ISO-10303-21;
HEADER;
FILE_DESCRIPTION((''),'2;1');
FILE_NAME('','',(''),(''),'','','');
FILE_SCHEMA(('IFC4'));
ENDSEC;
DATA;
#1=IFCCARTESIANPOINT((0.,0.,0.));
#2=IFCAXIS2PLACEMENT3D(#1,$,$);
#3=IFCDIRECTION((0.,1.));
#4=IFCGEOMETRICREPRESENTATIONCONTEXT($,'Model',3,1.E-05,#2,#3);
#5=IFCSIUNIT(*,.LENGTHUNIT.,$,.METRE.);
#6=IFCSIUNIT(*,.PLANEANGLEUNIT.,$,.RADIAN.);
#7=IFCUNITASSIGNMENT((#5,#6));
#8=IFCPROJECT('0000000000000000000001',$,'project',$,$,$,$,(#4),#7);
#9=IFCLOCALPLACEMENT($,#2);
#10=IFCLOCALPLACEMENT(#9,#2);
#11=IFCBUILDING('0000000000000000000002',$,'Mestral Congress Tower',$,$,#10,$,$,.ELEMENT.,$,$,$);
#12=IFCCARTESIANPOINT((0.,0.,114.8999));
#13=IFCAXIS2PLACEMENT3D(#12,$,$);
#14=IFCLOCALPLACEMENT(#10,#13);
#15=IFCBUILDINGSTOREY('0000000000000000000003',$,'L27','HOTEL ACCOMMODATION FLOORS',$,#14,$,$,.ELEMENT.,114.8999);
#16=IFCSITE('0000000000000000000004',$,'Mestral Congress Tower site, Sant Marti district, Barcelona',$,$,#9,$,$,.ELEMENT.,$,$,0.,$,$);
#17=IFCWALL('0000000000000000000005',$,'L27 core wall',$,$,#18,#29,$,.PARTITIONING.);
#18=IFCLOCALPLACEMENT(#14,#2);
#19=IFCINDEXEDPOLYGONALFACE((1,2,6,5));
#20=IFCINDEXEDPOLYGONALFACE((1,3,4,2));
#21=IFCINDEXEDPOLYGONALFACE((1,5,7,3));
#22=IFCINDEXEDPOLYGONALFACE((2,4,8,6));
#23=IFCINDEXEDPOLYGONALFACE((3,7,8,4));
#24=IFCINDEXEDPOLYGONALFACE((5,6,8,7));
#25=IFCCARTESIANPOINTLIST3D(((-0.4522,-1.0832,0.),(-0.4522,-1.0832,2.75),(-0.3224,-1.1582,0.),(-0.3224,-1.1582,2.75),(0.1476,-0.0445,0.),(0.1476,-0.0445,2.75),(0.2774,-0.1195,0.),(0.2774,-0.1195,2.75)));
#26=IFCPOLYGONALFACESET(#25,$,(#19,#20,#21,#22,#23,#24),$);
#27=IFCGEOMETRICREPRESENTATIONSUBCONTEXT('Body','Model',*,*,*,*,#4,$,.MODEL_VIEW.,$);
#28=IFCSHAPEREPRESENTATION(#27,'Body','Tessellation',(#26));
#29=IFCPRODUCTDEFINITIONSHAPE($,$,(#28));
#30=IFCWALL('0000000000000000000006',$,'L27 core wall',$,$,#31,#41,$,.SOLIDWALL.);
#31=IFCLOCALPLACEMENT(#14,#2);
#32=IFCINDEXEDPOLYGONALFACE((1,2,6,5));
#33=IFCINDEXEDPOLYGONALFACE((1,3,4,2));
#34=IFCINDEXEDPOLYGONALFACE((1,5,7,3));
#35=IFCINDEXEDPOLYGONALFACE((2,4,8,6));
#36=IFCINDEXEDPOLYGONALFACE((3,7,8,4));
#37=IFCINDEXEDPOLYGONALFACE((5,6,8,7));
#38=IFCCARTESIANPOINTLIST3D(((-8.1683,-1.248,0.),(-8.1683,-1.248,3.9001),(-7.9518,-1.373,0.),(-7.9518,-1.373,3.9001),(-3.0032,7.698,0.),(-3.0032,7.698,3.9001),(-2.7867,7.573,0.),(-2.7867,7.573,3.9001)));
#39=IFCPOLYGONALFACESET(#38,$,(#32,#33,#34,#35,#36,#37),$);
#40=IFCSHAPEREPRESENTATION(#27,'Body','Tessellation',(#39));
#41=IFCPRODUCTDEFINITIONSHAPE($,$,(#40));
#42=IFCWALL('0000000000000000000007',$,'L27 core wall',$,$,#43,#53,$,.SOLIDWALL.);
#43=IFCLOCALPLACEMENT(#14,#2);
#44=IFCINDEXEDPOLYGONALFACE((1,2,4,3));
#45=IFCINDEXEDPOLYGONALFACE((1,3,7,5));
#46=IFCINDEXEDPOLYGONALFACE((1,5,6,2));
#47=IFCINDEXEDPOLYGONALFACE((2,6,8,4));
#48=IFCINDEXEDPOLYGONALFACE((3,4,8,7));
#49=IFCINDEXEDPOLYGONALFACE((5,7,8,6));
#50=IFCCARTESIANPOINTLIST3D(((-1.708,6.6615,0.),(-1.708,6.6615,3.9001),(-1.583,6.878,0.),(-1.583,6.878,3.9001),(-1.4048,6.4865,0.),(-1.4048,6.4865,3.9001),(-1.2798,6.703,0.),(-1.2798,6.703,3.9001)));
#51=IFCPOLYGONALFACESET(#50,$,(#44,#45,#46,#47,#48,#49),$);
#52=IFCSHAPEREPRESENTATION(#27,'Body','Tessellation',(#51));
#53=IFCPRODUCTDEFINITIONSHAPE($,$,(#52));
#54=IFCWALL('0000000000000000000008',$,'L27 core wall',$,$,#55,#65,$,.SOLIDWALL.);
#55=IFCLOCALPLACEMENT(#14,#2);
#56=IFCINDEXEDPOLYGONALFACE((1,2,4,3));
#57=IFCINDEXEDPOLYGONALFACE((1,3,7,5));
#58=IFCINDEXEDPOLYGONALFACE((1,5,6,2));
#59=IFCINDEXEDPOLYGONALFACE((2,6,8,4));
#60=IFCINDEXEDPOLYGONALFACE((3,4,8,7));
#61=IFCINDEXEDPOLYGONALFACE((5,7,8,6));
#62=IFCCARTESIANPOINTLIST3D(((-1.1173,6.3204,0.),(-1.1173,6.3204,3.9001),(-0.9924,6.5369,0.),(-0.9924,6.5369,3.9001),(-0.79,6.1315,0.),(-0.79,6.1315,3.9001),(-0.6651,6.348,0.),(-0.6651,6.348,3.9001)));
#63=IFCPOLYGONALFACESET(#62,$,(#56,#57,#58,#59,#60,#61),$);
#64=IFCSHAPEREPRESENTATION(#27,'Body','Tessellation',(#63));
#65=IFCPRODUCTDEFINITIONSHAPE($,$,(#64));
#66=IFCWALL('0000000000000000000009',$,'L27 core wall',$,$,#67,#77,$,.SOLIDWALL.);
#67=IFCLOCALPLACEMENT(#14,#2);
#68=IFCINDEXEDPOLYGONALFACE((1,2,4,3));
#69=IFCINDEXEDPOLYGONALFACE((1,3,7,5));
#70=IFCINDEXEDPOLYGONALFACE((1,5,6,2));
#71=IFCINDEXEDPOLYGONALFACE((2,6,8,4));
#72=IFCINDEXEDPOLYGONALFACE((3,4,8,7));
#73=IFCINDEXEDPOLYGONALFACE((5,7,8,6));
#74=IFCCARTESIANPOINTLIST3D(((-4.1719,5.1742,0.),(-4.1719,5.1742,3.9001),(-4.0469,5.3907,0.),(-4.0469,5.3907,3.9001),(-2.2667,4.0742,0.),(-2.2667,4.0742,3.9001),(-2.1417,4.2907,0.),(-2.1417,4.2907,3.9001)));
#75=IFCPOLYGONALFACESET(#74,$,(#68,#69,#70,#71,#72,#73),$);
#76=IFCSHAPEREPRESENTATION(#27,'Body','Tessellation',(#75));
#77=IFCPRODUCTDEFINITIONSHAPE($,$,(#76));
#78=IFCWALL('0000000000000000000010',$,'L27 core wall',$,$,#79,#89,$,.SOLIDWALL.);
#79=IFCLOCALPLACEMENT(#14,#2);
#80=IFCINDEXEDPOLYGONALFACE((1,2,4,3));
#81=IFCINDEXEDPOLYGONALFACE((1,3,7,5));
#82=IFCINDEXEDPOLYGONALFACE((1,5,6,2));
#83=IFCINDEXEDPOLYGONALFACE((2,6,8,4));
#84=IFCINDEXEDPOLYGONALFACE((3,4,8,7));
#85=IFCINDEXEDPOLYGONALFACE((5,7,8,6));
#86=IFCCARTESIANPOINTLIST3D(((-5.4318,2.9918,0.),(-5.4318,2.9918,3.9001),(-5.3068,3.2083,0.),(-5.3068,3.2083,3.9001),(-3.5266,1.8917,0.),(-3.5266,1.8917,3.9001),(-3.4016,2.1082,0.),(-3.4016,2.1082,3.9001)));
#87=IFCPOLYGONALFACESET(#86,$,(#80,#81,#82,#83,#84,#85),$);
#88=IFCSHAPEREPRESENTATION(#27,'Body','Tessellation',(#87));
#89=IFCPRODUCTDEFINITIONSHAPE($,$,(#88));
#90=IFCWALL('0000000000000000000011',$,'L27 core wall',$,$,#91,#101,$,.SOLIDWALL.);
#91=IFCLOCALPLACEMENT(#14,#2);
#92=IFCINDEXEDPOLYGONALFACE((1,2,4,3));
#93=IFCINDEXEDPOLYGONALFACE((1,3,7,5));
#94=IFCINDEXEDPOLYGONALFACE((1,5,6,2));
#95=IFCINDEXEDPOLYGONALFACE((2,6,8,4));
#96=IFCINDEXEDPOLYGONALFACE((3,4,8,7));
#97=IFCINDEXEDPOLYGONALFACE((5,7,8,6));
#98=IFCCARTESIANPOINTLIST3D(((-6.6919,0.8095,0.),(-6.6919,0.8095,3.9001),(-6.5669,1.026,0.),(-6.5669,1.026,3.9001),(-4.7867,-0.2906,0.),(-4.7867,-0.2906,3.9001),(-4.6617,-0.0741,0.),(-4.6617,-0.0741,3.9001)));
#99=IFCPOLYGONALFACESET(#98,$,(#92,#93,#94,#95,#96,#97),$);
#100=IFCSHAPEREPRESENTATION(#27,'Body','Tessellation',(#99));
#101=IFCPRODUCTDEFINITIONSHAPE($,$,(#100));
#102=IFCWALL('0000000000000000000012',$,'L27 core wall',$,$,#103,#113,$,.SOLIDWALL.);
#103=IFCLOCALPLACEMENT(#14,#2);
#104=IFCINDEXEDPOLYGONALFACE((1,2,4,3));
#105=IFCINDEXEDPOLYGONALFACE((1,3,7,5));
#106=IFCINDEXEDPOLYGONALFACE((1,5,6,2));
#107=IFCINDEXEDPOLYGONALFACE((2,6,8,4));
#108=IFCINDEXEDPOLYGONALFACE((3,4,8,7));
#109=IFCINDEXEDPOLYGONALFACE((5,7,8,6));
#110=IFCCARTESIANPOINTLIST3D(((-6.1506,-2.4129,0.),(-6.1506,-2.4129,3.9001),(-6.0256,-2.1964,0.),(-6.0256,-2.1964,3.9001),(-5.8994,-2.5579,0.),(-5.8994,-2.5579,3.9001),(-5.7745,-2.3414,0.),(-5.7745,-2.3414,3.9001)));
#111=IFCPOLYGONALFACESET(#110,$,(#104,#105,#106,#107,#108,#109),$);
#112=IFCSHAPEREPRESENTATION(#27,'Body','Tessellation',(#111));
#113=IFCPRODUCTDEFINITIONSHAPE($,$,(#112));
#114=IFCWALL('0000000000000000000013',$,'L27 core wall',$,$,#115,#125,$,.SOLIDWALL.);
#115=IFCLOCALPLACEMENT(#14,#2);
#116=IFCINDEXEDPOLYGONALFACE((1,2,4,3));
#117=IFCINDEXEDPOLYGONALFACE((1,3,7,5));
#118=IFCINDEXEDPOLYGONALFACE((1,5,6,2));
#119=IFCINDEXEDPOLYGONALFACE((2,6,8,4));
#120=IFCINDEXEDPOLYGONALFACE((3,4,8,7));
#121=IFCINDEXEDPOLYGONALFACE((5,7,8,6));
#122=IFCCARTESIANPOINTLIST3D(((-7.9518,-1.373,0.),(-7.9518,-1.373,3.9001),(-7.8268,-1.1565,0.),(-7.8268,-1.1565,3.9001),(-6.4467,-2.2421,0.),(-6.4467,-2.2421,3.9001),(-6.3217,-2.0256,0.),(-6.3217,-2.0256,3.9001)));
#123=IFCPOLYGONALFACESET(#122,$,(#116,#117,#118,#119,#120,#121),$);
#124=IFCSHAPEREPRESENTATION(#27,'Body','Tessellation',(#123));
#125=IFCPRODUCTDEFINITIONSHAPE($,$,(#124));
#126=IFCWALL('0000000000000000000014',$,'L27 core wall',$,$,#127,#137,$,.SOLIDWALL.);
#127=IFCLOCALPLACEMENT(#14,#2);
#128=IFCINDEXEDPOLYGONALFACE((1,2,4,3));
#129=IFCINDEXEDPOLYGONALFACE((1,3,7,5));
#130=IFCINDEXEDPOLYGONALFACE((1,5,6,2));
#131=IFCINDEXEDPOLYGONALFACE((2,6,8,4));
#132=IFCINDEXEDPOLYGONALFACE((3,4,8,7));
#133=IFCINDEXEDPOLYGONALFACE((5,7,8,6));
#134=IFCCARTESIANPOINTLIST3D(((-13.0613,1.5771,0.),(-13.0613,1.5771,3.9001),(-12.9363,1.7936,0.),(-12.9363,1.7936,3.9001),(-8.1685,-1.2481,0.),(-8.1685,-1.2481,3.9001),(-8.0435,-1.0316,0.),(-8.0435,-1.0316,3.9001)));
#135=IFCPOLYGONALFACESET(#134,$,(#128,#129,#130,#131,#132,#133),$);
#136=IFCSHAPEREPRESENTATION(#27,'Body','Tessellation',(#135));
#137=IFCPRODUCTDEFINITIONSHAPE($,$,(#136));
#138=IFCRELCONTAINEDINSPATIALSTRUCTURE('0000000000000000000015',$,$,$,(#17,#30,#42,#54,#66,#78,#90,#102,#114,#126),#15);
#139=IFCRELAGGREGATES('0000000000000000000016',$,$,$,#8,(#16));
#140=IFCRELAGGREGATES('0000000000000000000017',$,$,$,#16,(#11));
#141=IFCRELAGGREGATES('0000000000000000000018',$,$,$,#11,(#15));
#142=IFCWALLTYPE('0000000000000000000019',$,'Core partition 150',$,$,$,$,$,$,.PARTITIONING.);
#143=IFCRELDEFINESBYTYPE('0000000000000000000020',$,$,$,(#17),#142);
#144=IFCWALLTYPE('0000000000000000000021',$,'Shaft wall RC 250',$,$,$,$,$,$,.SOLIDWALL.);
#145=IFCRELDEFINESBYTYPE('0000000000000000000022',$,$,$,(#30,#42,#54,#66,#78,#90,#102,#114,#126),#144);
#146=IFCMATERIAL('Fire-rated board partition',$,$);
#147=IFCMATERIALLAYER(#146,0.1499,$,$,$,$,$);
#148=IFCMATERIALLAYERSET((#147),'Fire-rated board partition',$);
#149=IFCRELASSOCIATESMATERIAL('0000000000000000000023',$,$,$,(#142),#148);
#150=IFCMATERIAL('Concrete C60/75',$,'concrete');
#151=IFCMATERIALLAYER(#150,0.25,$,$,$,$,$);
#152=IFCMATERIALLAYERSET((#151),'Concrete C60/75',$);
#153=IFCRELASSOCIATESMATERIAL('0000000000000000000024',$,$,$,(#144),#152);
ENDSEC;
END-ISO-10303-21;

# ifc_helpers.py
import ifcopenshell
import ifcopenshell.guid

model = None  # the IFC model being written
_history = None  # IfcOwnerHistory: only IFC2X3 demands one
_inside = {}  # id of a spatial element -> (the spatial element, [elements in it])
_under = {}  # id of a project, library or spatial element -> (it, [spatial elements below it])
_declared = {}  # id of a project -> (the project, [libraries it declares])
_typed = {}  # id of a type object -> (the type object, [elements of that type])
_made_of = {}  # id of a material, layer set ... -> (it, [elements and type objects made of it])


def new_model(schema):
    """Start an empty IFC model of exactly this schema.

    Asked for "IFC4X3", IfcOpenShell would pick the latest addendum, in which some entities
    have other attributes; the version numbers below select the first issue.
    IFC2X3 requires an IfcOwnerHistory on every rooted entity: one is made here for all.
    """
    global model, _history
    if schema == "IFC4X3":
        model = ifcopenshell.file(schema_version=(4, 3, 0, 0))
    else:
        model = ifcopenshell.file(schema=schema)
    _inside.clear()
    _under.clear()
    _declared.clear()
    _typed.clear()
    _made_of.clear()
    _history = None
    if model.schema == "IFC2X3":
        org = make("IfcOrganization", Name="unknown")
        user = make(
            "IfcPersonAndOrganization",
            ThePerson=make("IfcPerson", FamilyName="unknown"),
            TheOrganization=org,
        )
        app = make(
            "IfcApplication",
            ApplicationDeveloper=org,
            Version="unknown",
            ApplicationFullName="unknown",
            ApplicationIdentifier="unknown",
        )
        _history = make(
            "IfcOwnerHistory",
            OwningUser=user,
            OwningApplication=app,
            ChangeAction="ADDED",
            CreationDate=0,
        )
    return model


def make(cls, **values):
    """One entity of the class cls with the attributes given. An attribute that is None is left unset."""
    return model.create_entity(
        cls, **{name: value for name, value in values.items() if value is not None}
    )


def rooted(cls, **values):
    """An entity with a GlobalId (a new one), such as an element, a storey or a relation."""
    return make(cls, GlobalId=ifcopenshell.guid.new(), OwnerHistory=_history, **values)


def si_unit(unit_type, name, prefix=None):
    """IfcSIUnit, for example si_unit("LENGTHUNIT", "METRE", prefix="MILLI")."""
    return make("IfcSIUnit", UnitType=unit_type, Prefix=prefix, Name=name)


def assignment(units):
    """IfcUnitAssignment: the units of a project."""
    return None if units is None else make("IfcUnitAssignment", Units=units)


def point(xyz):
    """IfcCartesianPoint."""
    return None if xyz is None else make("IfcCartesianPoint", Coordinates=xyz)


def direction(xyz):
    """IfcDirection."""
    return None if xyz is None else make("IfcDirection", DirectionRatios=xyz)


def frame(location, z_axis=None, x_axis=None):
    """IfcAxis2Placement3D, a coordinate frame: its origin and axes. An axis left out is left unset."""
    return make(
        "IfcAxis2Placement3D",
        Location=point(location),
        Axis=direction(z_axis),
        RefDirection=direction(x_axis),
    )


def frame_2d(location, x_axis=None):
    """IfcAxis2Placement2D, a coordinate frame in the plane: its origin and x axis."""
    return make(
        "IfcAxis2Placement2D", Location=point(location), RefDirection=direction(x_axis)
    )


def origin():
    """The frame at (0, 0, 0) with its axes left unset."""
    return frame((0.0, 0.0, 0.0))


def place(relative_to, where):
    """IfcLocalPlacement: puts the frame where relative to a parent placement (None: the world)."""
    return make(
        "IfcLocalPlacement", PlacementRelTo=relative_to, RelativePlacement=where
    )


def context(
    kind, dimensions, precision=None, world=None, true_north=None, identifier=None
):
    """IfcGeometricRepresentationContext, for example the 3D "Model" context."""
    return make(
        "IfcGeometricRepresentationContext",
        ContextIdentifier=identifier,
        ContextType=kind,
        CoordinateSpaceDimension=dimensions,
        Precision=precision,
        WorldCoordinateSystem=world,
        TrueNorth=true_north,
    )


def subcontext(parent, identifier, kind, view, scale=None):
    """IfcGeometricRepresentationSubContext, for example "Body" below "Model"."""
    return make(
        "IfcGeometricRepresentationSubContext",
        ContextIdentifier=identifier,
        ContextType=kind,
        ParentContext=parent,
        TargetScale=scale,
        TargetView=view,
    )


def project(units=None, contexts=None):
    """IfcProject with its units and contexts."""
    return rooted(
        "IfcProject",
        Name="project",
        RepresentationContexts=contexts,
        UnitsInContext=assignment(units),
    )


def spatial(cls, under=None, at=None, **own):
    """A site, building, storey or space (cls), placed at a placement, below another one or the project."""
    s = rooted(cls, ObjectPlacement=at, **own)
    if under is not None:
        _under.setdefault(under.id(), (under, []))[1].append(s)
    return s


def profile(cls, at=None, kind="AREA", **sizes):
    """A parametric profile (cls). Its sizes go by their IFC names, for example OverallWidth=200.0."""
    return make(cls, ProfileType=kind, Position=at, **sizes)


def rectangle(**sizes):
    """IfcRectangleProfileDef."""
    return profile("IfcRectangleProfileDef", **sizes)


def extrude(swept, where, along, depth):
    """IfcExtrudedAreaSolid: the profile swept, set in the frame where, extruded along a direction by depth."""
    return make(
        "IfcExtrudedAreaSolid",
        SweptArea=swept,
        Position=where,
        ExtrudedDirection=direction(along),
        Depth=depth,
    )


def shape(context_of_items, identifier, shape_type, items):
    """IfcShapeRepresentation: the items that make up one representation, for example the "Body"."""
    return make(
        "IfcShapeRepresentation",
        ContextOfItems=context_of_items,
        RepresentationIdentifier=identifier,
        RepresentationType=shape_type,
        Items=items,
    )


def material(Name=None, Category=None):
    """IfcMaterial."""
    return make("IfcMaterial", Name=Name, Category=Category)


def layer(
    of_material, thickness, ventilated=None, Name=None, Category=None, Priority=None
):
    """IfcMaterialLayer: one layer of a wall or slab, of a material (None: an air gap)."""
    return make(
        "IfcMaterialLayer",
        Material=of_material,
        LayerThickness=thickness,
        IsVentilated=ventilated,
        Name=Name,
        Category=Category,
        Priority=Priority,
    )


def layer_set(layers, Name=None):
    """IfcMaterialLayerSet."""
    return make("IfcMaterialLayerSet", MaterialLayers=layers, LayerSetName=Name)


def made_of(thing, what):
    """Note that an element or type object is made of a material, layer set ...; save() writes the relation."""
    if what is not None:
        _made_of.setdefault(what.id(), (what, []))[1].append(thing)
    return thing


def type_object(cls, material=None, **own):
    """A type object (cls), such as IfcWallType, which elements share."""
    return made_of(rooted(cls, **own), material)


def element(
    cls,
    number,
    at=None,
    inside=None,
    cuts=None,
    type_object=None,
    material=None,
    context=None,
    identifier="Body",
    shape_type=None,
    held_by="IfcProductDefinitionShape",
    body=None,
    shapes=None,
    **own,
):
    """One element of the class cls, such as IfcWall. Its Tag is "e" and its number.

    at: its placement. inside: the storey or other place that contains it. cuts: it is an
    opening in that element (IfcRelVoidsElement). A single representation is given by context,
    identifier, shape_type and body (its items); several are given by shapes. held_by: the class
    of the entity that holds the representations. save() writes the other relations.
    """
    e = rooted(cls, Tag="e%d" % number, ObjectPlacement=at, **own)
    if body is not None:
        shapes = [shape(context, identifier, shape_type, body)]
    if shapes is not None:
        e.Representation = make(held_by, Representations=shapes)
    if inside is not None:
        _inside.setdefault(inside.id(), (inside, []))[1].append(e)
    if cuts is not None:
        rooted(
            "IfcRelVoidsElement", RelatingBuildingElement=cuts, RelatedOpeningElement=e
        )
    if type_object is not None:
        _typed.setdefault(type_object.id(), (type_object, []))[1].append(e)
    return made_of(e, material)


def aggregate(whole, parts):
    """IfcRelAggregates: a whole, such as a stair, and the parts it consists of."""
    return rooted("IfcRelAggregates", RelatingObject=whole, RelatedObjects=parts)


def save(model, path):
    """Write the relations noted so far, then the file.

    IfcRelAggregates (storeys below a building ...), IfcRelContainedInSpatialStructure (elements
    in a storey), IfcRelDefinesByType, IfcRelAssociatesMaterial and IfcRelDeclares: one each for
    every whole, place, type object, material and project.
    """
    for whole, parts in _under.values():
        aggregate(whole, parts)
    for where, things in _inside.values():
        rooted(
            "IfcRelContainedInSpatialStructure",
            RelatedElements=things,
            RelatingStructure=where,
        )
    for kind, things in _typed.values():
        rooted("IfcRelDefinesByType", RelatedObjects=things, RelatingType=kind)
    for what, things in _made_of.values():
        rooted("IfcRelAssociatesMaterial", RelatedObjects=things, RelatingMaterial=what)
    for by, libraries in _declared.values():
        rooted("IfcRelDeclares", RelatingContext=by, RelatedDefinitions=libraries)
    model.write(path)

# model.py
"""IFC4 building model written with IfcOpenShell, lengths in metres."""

from ifc_helpers import new_model, si_unit, direction, frame, frame_2d, origin, place, context, subcontext, project, spatial, rectangle, extrude, material, layer, layer_set, type_object, element, save


model = new_model("IFC4")

# Units and contexts
model_context = context("Model", 3, precision=1e-05, world=origin(), true_north=direction((0.0, 1.0)))
body_context = subcontext(model_context, "Body", "Model", "MODEL_VIEW")
ifc_project = project(units=[si_unit("LENGTHUNIT", "METRE"), si_unit("PLANEANGLEUNIT", "RADIAN")], contexts=[model_context])

# Site, building, storey
site_placement = place(None, origin())
site = spatial("IfcSite", under=ifc_project, at=site_placement, Name="Mestral Congress Tower site, Sant Marti district, Barcelona", CompositionType="ELEMENT", RefElevation=0.0)
building_placement = place(site_placement, origin())
building = spatial("IfcBuilding", under=site, at=building_placement, Name="Mestral Congress Tower", CompositionType="ELEMENT")
storey_placement = place(building_placement, frame((0.0, 0.0, 114.8999)))
storey = spatial("IfcBuildingStorey", under=building, at=storey_placement, Name="L27", Description="HOTEL ACCOMMODATION FLOORS", CompositionType="ELEMENT", Elevation=114.8999)

# Walls
ifc_material_1 = material(Name="Fire-rated board partition")
ifc_layer_1 = layer(ifc_material_1, 0.1499)
ifc_layer_set_1 = layer_set([ifc_layer_1], Name="Fire-rated board partition")
wall_type_1 = type_object("IfcWallType", Name="Core partition 150", PredefinedType="PARTITIONING", material=ifc_layer_set_1)
wall_1_placement = place(storey_placement, frame((-0.3872, -1.1206, 0.0), z_axis=(0.0, 0.0, 1.0), x_axis=(0.500057, 0.865992, 0.0)))
element("IfcWall", 1, at=wall_1_placement, inside=storey, type_object=wall_type_1, Name="L27 core wall", PredefinedType="PARTITIONING", context=body_context, shape_type="SweptSolid", body=[
    extrude(rectangle(XDim=1.1995, YDim=0.1499, at=frame_2d((0.5996, 0.0))), origin(), (0.0, 0.0, 1.0), 2.75),
])
ifc_material_2 = material(Name="Concrete C60/75", Category="concrete")
ifc_layer_2 = layer(ifc_material_2, 0.25)
ifc_layer_set_2 = layer_set([ifc_layer_2], Name="Concrete C60/75")
wall_type_2 = type_object("IfcWallType", Name="Shaft wall RC 250", PredefinedType="SOLIDWALL", material=ifc_layer_set_2)
wall_2_placement = place(storey_placement, frame((-8.0601, -1.3105, 0.0), z_axis=(0.0, 0.0, 1.0), x_axis=(0.500003, 0.866024, 0.0)))
element("IfcWall", 2, at=wall_2_placement, inside=storey, type_object=wall_type_2, Name="L27 core wall", PredefinedType="SOLIDWALL", context=body_context, shape_type="SweptSolid", body=[
    extrude(rectangle(XDim=10.3301, YDim=0.25, at=frame_2d((5.165, 0.0))), origin(), (0.0, 0.0, 1.0), 3.9001),
])
wall_3_placement = place(storey_placement, frame((-1.3423, 6.5947, 0.0), z_axis=(0.0, 0.0, 1.0), x_axis=(-0.866046, 0.499964, 0.0)))
element("IfcWall", 3, at=wall_3_placement, inside=storey, type_object=wall_type_2, Name="L27 core wall", PredefinedType="SOLIDWALL", context=body_context, shape_type="SweptSolid", body=[
    extrude(rectangle(XDim=0.3501, YDim=0.25, at=frame_2d((0.175, 0.0))), origin(), (0.0, 0.0, 1.0), 3.9001),
])
wall_4_placement = place(storey_placement, frame((-0.7275, 6.2397, 0.0), z_axis=(0.0, 0.0, 1.0), x_axis=(-0.866089, 0.49989, 0.0)))
element("IfcWall", 4, at=wall_4_placement, inside=storey, type_object=wall_type_2, Name="L27 core wall", PredefinedType="SOLIDWALL", context=body_context, shape_type="SweptSolid", body=[
    extrude(rectangle(XDim=0.3779, YDim=0.25, at=frame_2d((0.189, 0.0))), origin(), (0.0, 0.0, 1.0), 3.9001),
])
for number, where, z_axis, x_axis, name in (
    (5, (-2.2041, 4.1824, 0.0), (0.0, 0.0, 1.0), (-0.866008, 0.50003, 0.0), "L27 core wall"),
    (6, (-5.3694, 3.1001, 0.0), (0.0, 0.0, 1.0), (0.866008, -0.50003, 0.0), "L27 core wall"),
    (7, (-4.7241, -0.1824, 0.0), (0.0, 0.0, 1.0), (-0.866008, 0.50003, 0.0), "L27 core wall"),
):
    element("IfcWall", number, at=place(storey_placement, frame(where, z_axis=z_axis, x_axis=x_axis)), inside=storey, type_object=wall_type_2, Name=name, PredefinedType="SOLIDWALL", context=body_context, shape_type="SweptSolid", body=[
        extrude(rectangle(XDim=2.2, YDim=0.25, at=frame_2d((1.1001, 0.0))), origin(), (0.0, 0.0, 1.0), 3.9001),
    ])
wall_5_placement = place(storey_placement, frame((-6.0881, -2.3047, 0.0), z_axis=(0.0, 0.0, 1.0), x_axis=(0.866059, -0.499941, 0.0)))
element("IfcWall", 8, at=wall_5_placement, inside=storey, type_object=wall_type_2, Name="L27 core wall", PredefinedType="SOLIDWALL", context=body_context, shape_type="SweptSolid", body=[
    extrude(rectangle(XDim=0.29, YDim=0.25, at=frame_2d((0.145, 0.0))), origin(), (0.0, 0.0, 1.0), 3.9001),
])
wall_6_placement = place(storey_placement, frame((-7.8894, -1.2646, 0.0), z_axis=(0.0, 0.0, 1.0), x_axis=(0.865987, -0.500067, 0.0)))
element("IfcWall", 9, at=wall_6_placement, inside=storey, type_object=wall_type_2, Name="L27 core wall", PredefinedType="SOLIDWALL", context=body_context, shape_type="SweptSolid", body=[
    extrude(rectangle(XDim=1.738, YDim=0.25, at=frame_2d((0.8691, 0.0))), origin(), (0.0, 0.0, 1.0), 3.9001),
])
wall_7_placement = place(storey_placement, frame((-8.106, -1.1399, 0.0), z_axis=(0.0, 0.0, 1.0), x_axis=(-0.866001, 0.500043, 0.0)))
element("IfcWall", 10, at=wall_7_placement, inside=storey, type_object=wall_type_2, Name="L27 core wall", PredefinedType="SOLIDWALL", context=body_context, shape_type="SweptSolid", body=[
    extrude(rectangle(XDim=5.6499, YDim=0.25, at=frame_2d((2.825, 0.0))), origin(), (0.0, 0.0, 1.0), 3.9001),
])

save(model, "model.ifc")
